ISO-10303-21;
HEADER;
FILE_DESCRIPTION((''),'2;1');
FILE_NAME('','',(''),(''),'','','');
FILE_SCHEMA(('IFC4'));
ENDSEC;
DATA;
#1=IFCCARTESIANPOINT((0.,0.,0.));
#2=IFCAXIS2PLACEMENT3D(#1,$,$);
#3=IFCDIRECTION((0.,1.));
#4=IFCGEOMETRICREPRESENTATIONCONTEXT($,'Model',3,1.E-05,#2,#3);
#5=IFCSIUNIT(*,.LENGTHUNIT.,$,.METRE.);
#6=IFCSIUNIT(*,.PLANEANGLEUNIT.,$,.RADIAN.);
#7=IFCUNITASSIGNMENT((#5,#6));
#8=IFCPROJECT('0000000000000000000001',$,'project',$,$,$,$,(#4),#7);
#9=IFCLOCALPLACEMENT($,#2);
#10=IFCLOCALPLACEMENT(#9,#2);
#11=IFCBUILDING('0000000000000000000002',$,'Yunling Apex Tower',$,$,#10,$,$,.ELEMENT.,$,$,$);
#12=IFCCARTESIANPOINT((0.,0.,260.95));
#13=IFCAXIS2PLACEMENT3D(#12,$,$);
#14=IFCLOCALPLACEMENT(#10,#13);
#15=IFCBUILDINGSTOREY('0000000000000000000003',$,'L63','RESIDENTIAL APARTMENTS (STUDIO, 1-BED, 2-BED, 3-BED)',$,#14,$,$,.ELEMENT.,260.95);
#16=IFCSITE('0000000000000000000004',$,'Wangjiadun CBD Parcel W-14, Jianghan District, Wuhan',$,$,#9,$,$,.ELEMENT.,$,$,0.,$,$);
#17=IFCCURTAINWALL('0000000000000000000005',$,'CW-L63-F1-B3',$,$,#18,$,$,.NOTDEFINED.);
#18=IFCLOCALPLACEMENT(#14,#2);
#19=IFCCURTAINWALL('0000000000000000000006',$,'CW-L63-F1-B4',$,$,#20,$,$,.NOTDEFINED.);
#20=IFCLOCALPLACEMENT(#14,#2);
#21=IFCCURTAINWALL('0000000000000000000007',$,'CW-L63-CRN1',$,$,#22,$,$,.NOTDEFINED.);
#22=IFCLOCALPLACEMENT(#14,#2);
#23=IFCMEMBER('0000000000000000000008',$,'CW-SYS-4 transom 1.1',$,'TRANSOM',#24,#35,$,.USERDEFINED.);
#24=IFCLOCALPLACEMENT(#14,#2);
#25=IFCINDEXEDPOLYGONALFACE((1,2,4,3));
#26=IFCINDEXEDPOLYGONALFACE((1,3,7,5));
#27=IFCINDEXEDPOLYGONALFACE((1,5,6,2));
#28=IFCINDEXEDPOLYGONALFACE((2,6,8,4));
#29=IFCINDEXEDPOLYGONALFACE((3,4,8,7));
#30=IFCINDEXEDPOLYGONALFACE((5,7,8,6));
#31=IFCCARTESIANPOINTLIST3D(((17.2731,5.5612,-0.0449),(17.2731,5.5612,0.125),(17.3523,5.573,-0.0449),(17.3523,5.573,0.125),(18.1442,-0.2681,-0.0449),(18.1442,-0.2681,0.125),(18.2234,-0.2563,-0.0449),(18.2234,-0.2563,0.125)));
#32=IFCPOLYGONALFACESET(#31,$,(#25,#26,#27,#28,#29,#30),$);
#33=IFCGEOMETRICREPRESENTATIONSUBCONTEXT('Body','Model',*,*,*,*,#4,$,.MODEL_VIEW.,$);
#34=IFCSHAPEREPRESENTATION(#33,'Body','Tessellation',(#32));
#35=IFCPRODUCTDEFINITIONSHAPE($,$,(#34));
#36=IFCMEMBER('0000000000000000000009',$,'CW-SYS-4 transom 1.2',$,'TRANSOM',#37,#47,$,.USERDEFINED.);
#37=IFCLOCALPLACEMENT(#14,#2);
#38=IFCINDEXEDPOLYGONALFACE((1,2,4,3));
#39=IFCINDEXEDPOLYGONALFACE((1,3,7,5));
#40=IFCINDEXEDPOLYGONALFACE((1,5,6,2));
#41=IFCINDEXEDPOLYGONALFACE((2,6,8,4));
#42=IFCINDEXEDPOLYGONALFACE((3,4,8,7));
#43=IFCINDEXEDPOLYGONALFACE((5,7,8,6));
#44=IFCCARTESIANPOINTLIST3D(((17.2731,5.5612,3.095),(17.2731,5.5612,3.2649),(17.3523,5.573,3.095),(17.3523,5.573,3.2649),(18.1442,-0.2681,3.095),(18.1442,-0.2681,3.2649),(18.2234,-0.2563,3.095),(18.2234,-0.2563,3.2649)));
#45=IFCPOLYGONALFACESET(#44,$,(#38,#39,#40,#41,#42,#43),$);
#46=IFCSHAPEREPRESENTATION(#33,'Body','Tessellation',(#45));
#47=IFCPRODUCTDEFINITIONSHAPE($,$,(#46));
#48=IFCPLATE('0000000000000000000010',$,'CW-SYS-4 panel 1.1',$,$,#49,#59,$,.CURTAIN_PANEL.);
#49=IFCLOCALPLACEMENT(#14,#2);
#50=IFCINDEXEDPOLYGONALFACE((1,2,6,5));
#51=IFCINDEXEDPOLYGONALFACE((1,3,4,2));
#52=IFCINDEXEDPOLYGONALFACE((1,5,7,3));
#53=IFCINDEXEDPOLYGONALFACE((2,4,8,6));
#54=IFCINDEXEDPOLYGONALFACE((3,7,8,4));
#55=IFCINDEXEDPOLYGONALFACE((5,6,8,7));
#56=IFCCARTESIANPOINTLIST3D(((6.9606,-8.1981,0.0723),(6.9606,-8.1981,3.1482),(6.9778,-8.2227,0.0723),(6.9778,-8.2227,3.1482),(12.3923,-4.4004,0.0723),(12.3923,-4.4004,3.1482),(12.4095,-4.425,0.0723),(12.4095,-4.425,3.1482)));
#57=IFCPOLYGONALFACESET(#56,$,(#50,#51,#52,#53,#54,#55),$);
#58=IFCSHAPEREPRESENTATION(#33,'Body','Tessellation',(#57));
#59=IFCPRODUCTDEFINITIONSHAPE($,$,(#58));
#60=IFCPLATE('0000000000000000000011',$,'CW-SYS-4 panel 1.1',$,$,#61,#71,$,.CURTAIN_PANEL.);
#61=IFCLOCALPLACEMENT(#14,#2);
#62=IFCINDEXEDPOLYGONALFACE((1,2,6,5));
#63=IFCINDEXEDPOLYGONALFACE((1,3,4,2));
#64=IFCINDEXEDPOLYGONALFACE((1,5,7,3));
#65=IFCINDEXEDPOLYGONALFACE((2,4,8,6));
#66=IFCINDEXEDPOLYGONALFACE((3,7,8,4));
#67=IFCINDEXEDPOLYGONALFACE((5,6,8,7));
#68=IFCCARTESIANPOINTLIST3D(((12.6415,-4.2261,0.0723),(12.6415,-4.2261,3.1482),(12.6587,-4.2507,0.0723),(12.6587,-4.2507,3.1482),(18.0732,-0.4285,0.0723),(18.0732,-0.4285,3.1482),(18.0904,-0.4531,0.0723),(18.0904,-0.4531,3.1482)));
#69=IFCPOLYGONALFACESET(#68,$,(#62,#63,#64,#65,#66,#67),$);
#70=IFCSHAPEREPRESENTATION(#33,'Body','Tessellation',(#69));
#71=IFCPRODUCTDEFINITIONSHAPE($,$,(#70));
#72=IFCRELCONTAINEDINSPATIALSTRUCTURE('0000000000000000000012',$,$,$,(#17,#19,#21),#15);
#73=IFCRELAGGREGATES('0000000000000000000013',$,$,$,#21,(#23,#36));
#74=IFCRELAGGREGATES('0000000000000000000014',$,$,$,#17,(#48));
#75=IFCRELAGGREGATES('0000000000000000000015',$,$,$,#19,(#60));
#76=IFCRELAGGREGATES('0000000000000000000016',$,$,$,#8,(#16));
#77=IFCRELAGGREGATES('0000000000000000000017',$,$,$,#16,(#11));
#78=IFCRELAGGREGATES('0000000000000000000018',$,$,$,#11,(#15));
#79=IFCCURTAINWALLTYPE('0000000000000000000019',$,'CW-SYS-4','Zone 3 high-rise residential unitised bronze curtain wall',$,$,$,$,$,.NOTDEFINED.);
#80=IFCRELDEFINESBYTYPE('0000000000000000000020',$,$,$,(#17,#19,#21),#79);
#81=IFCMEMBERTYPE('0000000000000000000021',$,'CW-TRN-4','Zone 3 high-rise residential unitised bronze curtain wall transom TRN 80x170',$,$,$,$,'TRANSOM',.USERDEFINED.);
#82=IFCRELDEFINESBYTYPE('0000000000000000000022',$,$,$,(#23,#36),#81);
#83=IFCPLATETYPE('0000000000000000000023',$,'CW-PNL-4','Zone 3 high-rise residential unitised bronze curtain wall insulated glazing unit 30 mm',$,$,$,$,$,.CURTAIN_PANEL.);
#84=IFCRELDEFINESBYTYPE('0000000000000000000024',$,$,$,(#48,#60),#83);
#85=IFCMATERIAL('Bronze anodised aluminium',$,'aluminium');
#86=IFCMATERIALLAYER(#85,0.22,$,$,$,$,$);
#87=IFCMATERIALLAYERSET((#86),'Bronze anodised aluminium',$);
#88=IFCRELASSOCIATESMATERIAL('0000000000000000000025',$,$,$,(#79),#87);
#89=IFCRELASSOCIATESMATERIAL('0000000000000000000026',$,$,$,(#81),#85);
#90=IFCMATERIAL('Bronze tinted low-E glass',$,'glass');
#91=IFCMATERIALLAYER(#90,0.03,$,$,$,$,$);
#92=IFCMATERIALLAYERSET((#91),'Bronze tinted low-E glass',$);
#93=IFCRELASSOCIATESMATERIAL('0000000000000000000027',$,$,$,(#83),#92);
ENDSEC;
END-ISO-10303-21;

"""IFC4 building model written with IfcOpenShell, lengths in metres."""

from ifc_helpers import new_model, si_unit, direction, frame, origin, origin_2d, place, context, subcontext, project, spatial, rectangle, extrude, source, transform, mapped, material, layer, layer_set, material_profile, profile_set, type_object, element, aggregate, save


model = new_model("IFC4")

# Units and contexts
model_context = context("Model", 3, precision=1e-05, world=origin(), true_north=direction((0.0, 1.0)))
body_context = subcontext(model_context, "Body", "Model", "MODEL_VIEW")
ifc_project = project(units=[si_unit("LENGTHUNIT", "METRE"), si_unit("PLANEANGLEUNIT", "RADIAN")], contexts=[model_context])

# Site, building, storey
site_placement = place(None, origin())
site = spatial("IfcSite", under=ifc_project, at=site_placement, Name="Wangjiadun CBD Parcel W-14, Jianghan District, Wuhan", CompositionType="ELEMENT", RefElevation=0.0)
building_placement = place(site_placement, origin())
building = spatial("IfcBuilding", under=site, at=building_placement, Name="Yunling Apex Tower", CompositionType="ELEMENT")
storey_placement = place(building_placement, frame((0.0, 0.0, 260.95)))
storey = spatial("IfcBuildingStorey", under=building, at=storey_placement, Name="L63", Description="RESIDENTIAL APARTMENTS (STUDIO, 1-BED, 2-BED, 3-BED)", CompositionType="ELEMENT", Elevation=260.95)

# Curtain wall
ifc_material_1 = material(Name="Bronze anodised aluminium", Category="aluminium")
ifc_layer_1 = layer(ifc_material_1, 0.22)
ifc_layer_set_1 = layer_set([ifc_layer_1], Name="Bronze anodised aluminium")
curtain_wall_type = type_object("IfcCurtainWallType", Name="CW-SYS-4", Description="Zone 3 high-rise residential unitised bronze curtain wall", PredefinedType="NOTDEFINED", material=ifc_layer_set_1)
curtain_wall_1_placement = place(storey_placement, origin())
curtain_wall_1 = element("IfcCurtainWall", 1, at=curtain_wall_1_placement, inside=storey, type_object=curtain_wall_type, Name="CW-L63-F1-B3", PredefinedType="NOTDEFINED")

# Curtain wall
curtain_wall_2_placement = place(storey_placement, origin())
curtain_wall_2 = element("IfcCurtainWall", 2, at=curtain_wall_2_placement, inside=storey, type_object=curtain_wall_type, Name="CW-L63-F1-B4", PredefinedType="NOTDEFINED")

# Curtain wall
curtain_wall_3_placement = place(storey_placement, origin())
curtain_wall_3 = element("IfcCurtainWall", 3, at=curtain_wall_3_placement, inside=storey, type_object=curtain_wall_type, Name="CW-L63-CRN1", PredefinedType="NOTDEFINED")

# Members
ifc_material_profile_1 = material_profile(ifc_material_1, rectangle(XDim=0.0801, YDim=0.1699, at=origin_2d()))
ifc_profile_set_1 = profile_set([ifc_material_profile_1], Name="Bronze anodised aluminium")
member_type_1 = type_object("IfcMemberType", Name="CW-TRN-4", Description="Zone 3 high-rise residential unitised bronze curtain wall transom TRN 80x170", ElementType="TRANSOM", PredefinedType="USERDEFINED", material=ifc_profile_set_1)
shared_shape_1 = source(origin(), body_context, "Body", "SweptSolid", [
    extrude(rectangle(XDim=0.0801, YDim=0.1699, at=origin_2d()), origin(), (0.0, 0.0, 1.0), 5.894),
])
member_1_placement = place(storey_placement, frame((18.1838, -0.2622, 0.04), z_axis=(-0.147792, 0.989019, 0.0), x_axis=(-0.989019, -0.147792, 0.0)))
member_1 = element("IfcMember", 4, at=member_1_placement, type_object=member_type_1, Name="CW-SYS-4 transom 1.1", ObjectType="TRANSOM", PredefinedType="USERDEFINED", context=body_context, shape_type="MappedRepresentation", body=[
    mapped(shared_shape_1, transform((0.0, 0.0, 0.0), scale=1.0)),
])
member_2_placement = place(storey_placement, frame((18.1838, -0.2622, 3.1799), z_axis=(-0.147792, 0.989019, 0.0), x_axis=(-0.989019, -0.147792, 0.0)))
member_2 = element("IfcMember", 5, at=member_2_placement, type_object=member_type_1, Name="CW-SYS-4 transom 1.2", ObjectType="TRANSOM", PredefinedType="USERDEFINED", context=body_context, shape_type="MappedRepresentation", body=[
    mapped(shared_shape_1, transform((0.0, 0.0, 0.0), scale=1.0)),
])
aggregate(curtain_wall_3, [member_1, member_2])

# Plates
ifc_material_2 = material(Name="Bronze tinted low-E glass", Category="glass")
ifc_layer_2 = layer(ifc_material_2, 0.03)
ifc_layer_set_2 = layer_set([ifc_layer_2], Name="Bronze tinted low-E glass")
plate_type = type_object("IfcPlateType", Name="CW-PNL-4", Description="Zone 3 high-rise residential unitised bronze curtain wall insulated glazing unit 30 mm", PredefinedType="CURTAIN_PANEL", material=ifc_layer_set_2)
shared_shape_2 = source(origin(), body_context, "Body", "SweptSolid", [
    extrude(rectangle(XDim=6.6277, YDim=0.03, at=origin_2d()), origin(), (0.0, 0.0, 1.0), 3.0759),
])
plate_1_placement = place(storey_placement, frame((9.6851, -6.3115, 0.0723), z_axis=(0.0, 0.0, 1.0), x_axis=(0.819548, 0.57301, 0.0)))
plate_1 = element("IfcPlate", 6, at=plate_1_placement, type_object=plate_type, Name="CW-SYS-4 panel 1.1", PredefinedType="CURTAIN_PANEL", context=body_context, shape_type="MappedRepresentation", body=[
    mapped(shared_shape_2, transform((0.0, 0.0, 0.0), scale=1.0)),
])
aggregate(curtain_wall_1, [plate_1])
plate_2_placement = place(storey_placement, frame((15.366, -2.3396, 0.0723), z_axis=(0.0, 0.0, 1.0), x_axis=(0.819555, 0.573, 0.0)))
plate_2 = element("IfcPlate", 7, at=plate_2_placement, type_object=plate_type, Name="CW-SYS-4 panel 1.1", PredefinedType="CURTAIN_PANEL", context=body_context, shape_type="MappedRepresentation", body=[
    mapped(shared_shape_2, transform((0.0, 0.0, 0.0), scale=1.0)),
])
aggregate(curtain_wall_2, [plate_2])

save(model, "model.ifc")
